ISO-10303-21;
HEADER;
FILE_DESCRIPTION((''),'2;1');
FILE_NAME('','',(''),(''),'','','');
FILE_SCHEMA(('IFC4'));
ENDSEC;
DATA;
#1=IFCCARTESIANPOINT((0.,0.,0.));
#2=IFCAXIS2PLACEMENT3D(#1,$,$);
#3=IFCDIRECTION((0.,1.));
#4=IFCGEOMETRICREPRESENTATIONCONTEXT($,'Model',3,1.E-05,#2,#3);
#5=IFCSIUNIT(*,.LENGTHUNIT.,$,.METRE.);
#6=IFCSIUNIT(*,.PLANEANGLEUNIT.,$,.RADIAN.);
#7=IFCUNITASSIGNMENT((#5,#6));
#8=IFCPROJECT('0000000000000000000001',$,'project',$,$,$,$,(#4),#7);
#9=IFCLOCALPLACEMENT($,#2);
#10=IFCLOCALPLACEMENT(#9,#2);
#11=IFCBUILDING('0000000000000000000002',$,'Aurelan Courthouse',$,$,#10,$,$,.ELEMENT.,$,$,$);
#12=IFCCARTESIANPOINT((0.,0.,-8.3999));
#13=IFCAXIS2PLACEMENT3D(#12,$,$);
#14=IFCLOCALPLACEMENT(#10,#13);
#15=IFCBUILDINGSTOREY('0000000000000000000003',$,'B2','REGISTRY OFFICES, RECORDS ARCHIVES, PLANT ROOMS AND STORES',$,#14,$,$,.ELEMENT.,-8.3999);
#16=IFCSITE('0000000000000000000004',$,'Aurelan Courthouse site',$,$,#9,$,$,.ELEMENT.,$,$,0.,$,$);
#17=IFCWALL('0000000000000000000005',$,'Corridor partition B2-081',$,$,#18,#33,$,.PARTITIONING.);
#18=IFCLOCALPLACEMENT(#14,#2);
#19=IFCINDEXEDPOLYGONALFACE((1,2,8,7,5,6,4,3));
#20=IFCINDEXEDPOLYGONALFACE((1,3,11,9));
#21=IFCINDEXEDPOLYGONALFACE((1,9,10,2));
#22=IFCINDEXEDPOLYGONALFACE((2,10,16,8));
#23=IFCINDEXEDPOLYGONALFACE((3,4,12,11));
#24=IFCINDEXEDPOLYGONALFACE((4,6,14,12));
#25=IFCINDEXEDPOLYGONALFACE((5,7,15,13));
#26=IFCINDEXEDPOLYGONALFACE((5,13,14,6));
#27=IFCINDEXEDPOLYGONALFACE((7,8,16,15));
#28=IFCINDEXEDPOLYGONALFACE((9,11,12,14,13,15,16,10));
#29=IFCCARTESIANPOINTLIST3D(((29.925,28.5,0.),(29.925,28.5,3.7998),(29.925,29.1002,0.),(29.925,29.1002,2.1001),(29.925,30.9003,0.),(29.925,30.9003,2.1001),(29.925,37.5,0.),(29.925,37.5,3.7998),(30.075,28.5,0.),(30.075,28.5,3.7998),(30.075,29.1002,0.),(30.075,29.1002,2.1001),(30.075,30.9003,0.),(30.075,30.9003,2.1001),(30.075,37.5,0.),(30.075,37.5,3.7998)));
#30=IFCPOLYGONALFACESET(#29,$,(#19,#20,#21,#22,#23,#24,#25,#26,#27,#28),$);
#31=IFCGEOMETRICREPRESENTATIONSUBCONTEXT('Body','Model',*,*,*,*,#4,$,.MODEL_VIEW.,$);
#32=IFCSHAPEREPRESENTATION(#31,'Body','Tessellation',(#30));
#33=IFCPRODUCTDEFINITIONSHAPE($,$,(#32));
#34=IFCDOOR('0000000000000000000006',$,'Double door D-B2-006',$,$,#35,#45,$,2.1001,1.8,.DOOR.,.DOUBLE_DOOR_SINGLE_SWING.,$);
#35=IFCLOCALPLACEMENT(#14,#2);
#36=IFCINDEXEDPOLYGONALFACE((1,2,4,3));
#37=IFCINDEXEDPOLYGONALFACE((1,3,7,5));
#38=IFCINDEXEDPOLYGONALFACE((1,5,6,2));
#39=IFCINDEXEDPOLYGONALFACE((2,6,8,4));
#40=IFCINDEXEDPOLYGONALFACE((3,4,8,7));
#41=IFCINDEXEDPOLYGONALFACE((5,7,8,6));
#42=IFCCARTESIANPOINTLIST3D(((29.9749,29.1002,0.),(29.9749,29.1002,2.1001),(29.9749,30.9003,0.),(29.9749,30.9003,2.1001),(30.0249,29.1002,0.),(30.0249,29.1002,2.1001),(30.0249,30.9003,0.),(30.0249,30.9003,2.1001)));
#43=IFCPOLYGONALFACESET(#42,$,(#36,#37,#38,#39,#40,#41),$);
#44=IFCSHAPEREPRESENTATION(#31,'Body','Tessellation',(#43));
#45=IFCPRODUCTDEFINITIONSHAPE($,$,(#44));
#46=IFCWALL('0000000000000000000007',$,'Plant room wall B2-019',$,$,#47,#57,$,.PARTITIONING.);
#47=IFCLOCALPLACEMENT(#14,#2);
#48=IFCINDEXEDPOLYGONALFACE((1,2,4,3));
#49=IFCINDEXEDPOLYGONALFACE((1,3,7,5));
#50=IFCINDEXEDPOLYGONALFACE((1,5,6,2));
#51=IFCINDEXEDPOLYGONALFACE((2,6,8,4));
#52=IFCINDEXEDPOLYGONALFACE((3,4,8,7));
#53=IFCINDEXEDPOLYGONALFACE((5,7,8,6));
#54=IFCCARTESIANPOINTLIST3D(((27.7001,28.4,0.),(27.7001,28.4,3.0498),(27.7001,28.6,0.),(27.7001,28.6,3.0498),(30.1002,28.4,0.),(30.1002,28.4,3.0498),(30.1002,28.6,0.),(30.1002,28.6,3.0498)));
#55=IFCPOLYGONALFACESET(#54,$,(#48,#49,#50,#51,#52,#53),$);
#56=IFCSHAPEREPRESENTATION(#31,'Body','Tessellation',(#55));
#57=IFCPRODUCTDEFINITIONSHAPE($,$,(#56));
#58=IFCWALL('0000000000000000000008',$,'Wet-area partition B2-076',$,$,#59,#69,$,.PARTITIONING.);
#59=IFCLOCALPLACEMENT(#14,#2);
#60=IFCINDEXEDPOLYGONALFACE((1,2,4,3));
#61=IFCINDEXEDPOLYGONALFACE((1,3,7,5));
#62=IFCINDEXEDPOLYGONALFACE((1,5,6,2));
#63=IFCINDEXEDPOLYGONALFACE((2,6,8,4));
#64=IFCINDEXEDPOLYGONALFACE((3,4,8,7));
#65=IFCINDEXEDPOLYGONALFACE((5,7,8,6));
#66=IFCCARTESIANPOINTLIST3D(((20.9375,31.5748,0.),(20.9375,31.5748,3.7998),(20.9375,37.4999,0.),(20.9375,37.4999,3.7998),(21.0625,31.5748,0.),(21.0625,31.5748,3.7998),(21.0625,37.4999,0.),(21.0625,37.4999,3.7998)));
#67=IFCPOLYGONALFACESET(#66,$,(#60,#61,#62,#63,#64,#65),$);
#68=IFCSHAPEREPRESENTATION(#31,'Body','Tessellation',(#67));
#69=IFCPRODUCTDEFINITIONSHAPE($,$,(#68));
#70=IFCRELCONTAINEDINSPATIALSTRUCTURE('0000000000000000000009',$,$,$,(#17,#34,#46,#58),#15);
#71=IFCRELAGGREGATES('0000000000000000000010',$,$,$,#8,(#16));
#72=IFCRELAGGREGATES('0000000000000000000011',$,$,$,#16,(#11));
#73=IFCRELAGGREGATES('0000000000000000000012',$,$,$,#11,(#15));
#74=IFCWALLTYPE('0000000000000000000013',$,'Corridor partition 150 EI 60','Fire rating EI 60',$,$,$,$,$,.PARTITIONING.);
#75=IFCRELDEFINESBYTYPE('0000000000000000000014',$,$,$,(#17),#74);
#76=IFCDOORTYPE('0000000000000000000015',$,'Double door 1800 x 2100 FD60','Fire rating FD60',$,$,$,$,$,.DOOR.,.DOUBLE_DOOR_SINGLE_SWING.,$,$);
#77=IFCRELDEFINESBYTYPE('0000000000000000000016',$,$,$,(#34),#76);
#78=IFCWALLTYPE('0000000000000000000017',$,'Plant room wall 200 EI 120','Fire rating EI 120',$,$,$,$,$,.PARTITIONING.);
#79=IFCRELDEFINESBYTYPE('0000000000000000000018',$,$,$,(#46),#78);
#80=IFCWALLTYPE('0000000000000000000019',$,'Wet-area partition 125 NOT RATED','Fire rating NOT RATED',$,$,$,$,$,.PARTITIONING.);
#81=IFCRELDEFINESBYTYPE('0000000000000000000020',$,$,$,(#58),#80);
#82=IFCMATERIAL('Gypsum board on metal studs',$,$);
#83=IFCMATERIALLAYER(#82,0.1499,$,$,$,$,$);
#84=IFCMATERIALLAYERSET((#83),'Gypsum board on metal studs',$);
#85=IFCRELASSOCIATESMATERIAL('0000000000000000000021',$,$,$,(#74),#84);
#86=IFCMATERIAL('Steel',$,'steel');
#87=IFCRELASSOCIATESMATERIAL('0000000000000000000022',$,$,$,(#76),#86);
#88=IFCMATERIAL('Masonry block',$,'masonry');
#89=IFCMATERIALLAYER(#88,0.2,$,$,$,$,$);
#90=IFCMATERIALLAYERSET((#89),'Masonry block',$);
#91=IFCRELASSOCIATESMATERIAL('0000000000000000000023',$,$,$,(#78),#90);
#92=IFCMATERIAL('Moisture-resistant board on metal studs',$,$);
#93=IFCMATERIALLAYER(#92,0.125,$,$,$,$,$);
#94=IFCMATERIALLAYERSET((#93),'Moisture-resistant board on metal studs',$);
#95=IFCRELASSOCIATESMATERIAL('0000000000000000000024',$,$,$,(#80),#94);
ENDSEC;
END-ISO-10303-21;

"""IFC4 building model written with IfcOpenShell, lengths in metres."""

from ifc_helpers import new_model, si_unit, direction, frame, frame_2d, origin, place, context, subcontext, project, spatial, rectangle, extrude, material, layer, layer_set, type_object, element, fill, save


model = new_model("IFC4")

# Units and contexts
model_context = context("Model", 3, precision=1e-05, world=origin(), true_north=direction((0.0, 1.0)))
body_context = subcontext(model_context, "Body", "Model", "MODEL_VIEW")
ifc_project = project(units=[si_unit("LENGTHUNIT", "METRE"), si_unit("PLANEANGLEUNIT", "RADIAN")], contexts=[model_context])

# Site, building, storey
site_placement = place(None, origin())
site = spatial("IfcSite", under=ifc_project, at=site_placement, Name="Aurelan Courthouse site", CompositionType="ELEMENT", RefElevation=0.0)
building_placement = place(site_placement, origin())
building = spatial("IfcBuilding", under=site, at=building_placement, Name="Aurelan Courthouse", CompositionType="ELEMENT")
storey_placement = place(building_placement, frame((0.0, 0.0, -8.3999)))
storey = spatial("IfcBuildingStorey", under=building, at=storey_placement, Name="B2", Description="REGISTRY OFFICES, RECORDS ARCHIVES, PLANT ROOMS AND STORES", CompositionType="ELEMENT", Elevation=-8.3999)

# Wall, opening, door
ifc_material_1 = material(Name="Gypsum board on metal studs")
ifc_layer_1 = layer(ifc_material_1, 0.1499)
ifc_layer_set_1 = layer_set([ifc_layer_1], Name="Gypsum board on metal studs")
wall_type_1 = type_object("IfcWallType", Name="Corridor partition 150 EI 60", Description="Fire rating EI 60", PredefinedType="PARTITIONING", material=ifc_layer_set_1)
wall_1_placement = place(storey_placement, frame((30.0, 28.5, 0.0), z_axis=(0.0, 0.0, 1.0), x_axis=(0.0, 1.0, 0.0)))
wall_1 = element("IfcWall", 1, at=wall_1_placement, inside=storey, type_object=wall_type_1, Name="Corridor partition B2-081", PredefinedType="PARTITIONING", context=body_context, shape_type="SweptSolid", body=[
    extrude(rectangle(XDim=9.0, YDim=0.1499, at=frame_2d((4.5, 0.0))), origin(), (0.0, 0.0, 1.0), 3.7998),
])
opening_placement = place(wall_1_placement, frame((2.4001, 0.0, 0.0), z_axis=(0.0, 0.0, 1.0), x_axis=(-1.0, 0.0, 0.0)))
opening = element("IfcOpeningElement", 2, at=opening_placement, cuts=wall_1, PredefinedType="OPENING", context=body_context, shape_type="SweptSolid", body=[
    extrude(rectangle(XDim=1.8, YDim=2.1001, at=frame_2d((0.8999, 1.05))), frame((0.0, 0.085, 0.0), z_axis=(0.0, -1.0, 0.0), x_axis=(1.0, 0.0, 0.0)), (0.0, 0.0, 1.0), 0.1699),
])
ifc_material_2 = material(Name="Steel", Category="steel")
door_type = type_object("IfcDoorType", Name="Double door 1800 x 2100 FD60", Description="Fire rating FD60", OperationType="DOUBLE_DOOR_SINGLE_SWING", PredefinedType="DOOR", material=ifc_material_2)
door_placement = place(opening_placement, origin())
door = element("IfcDoor", 3, at=door_placement, inside=storey, type_object=door_type, Name="Double door D-B2-006", OperationType="DOUBLE_DOOR_SINGLE_SWING", OverallHeight=2.1001, OverallWidth=1.8, PredefinedType="DOOR", context=body_context, shape_type="SweptSolid", body=[
    extrude(rectangle(XDim=1.8, YDim=2.1001, at=frame_2d((0.8999, 1.05))), frame((0.0, 0.0249, 0.0), z_axis=(0.0, -1.0, 0.0), x_axis=(1.0, 0.0, 0.0)), (0.0, 0.0, 1.0), 0.05),
])
fill(opening, door)

# Walls
ifc_material_3 = material(Name="Masonry block", Category="masonry")
ifc_layer_2 = layer(ifc_material_3, 0.2)
ifc_layer_set_2 = layer_set([ifc_layer_2], Name="Masonry block")
wall_type_2 = type_object("IfcWallType", Name="Plant room wall 200 EI 120", Description="Fire rating EI 120", PredefinedType="PARTITIONING", material=ifc_layer_set_2)
wall_2_placement = place(storey_placement, frame((27.7, 28.5, 0.0), z_axis=(0.0, 0.0, 1.0), x_axis=(1.0, 0.0, 0.0)))
element("IfcWall", 4, at=wall_2_placement, inside=storey, type_object=wall_type_2, Name="Plant room wall B2-019", PredefinedType="PARTITIONING", context=body_context, shape_type="SweptSolid", body=[
    extrude(rectangle(XDim=2.4001, YDim=0.2, at=frame_2d((1.2002, 0.0))), origin(), (0.0, 0.0, 1.0), 3.0498),
])
ifc_material_4 = material(Name="Moisture-resistant board on metal studs")
ifc_layer_3 = layer(ifc_material_4, 0.125)
ifc_layer_set_3 = layer_set([ifc_layer_3], Name="Moisture-resistant board on metal studs")
wall_type_3 = type_object("IfcWallType", Name="Wet-area partition 125 NOT RATED", Description="Fire rating NOT RATED", PredefinedType="PARTITIONING", material=ifc_layer_set_3)
wall_3_placement = place(storey_placement, frame((21.0, 31.575, 0.0), z_axis=(0.0, 0.0, 1.0), x_axis=(0.0, 1.0, 0.0)))
element("IfcWall", 5, at=wall_3_placement, inside=storey, type_object=wall_type_3, Name="Wet-area partition B2-076", PredefinedType="PARTITIONING", context=body_context, shape_type="SweptSolid", body=[
    extrude(rectangle(XDim=5.925, YDim=0.125, at=frame_2d((2.9624, 0.0))), origin(), (0.0, 0.0, 1.0), 3.7998),
])

save(model, "model.ifc")
